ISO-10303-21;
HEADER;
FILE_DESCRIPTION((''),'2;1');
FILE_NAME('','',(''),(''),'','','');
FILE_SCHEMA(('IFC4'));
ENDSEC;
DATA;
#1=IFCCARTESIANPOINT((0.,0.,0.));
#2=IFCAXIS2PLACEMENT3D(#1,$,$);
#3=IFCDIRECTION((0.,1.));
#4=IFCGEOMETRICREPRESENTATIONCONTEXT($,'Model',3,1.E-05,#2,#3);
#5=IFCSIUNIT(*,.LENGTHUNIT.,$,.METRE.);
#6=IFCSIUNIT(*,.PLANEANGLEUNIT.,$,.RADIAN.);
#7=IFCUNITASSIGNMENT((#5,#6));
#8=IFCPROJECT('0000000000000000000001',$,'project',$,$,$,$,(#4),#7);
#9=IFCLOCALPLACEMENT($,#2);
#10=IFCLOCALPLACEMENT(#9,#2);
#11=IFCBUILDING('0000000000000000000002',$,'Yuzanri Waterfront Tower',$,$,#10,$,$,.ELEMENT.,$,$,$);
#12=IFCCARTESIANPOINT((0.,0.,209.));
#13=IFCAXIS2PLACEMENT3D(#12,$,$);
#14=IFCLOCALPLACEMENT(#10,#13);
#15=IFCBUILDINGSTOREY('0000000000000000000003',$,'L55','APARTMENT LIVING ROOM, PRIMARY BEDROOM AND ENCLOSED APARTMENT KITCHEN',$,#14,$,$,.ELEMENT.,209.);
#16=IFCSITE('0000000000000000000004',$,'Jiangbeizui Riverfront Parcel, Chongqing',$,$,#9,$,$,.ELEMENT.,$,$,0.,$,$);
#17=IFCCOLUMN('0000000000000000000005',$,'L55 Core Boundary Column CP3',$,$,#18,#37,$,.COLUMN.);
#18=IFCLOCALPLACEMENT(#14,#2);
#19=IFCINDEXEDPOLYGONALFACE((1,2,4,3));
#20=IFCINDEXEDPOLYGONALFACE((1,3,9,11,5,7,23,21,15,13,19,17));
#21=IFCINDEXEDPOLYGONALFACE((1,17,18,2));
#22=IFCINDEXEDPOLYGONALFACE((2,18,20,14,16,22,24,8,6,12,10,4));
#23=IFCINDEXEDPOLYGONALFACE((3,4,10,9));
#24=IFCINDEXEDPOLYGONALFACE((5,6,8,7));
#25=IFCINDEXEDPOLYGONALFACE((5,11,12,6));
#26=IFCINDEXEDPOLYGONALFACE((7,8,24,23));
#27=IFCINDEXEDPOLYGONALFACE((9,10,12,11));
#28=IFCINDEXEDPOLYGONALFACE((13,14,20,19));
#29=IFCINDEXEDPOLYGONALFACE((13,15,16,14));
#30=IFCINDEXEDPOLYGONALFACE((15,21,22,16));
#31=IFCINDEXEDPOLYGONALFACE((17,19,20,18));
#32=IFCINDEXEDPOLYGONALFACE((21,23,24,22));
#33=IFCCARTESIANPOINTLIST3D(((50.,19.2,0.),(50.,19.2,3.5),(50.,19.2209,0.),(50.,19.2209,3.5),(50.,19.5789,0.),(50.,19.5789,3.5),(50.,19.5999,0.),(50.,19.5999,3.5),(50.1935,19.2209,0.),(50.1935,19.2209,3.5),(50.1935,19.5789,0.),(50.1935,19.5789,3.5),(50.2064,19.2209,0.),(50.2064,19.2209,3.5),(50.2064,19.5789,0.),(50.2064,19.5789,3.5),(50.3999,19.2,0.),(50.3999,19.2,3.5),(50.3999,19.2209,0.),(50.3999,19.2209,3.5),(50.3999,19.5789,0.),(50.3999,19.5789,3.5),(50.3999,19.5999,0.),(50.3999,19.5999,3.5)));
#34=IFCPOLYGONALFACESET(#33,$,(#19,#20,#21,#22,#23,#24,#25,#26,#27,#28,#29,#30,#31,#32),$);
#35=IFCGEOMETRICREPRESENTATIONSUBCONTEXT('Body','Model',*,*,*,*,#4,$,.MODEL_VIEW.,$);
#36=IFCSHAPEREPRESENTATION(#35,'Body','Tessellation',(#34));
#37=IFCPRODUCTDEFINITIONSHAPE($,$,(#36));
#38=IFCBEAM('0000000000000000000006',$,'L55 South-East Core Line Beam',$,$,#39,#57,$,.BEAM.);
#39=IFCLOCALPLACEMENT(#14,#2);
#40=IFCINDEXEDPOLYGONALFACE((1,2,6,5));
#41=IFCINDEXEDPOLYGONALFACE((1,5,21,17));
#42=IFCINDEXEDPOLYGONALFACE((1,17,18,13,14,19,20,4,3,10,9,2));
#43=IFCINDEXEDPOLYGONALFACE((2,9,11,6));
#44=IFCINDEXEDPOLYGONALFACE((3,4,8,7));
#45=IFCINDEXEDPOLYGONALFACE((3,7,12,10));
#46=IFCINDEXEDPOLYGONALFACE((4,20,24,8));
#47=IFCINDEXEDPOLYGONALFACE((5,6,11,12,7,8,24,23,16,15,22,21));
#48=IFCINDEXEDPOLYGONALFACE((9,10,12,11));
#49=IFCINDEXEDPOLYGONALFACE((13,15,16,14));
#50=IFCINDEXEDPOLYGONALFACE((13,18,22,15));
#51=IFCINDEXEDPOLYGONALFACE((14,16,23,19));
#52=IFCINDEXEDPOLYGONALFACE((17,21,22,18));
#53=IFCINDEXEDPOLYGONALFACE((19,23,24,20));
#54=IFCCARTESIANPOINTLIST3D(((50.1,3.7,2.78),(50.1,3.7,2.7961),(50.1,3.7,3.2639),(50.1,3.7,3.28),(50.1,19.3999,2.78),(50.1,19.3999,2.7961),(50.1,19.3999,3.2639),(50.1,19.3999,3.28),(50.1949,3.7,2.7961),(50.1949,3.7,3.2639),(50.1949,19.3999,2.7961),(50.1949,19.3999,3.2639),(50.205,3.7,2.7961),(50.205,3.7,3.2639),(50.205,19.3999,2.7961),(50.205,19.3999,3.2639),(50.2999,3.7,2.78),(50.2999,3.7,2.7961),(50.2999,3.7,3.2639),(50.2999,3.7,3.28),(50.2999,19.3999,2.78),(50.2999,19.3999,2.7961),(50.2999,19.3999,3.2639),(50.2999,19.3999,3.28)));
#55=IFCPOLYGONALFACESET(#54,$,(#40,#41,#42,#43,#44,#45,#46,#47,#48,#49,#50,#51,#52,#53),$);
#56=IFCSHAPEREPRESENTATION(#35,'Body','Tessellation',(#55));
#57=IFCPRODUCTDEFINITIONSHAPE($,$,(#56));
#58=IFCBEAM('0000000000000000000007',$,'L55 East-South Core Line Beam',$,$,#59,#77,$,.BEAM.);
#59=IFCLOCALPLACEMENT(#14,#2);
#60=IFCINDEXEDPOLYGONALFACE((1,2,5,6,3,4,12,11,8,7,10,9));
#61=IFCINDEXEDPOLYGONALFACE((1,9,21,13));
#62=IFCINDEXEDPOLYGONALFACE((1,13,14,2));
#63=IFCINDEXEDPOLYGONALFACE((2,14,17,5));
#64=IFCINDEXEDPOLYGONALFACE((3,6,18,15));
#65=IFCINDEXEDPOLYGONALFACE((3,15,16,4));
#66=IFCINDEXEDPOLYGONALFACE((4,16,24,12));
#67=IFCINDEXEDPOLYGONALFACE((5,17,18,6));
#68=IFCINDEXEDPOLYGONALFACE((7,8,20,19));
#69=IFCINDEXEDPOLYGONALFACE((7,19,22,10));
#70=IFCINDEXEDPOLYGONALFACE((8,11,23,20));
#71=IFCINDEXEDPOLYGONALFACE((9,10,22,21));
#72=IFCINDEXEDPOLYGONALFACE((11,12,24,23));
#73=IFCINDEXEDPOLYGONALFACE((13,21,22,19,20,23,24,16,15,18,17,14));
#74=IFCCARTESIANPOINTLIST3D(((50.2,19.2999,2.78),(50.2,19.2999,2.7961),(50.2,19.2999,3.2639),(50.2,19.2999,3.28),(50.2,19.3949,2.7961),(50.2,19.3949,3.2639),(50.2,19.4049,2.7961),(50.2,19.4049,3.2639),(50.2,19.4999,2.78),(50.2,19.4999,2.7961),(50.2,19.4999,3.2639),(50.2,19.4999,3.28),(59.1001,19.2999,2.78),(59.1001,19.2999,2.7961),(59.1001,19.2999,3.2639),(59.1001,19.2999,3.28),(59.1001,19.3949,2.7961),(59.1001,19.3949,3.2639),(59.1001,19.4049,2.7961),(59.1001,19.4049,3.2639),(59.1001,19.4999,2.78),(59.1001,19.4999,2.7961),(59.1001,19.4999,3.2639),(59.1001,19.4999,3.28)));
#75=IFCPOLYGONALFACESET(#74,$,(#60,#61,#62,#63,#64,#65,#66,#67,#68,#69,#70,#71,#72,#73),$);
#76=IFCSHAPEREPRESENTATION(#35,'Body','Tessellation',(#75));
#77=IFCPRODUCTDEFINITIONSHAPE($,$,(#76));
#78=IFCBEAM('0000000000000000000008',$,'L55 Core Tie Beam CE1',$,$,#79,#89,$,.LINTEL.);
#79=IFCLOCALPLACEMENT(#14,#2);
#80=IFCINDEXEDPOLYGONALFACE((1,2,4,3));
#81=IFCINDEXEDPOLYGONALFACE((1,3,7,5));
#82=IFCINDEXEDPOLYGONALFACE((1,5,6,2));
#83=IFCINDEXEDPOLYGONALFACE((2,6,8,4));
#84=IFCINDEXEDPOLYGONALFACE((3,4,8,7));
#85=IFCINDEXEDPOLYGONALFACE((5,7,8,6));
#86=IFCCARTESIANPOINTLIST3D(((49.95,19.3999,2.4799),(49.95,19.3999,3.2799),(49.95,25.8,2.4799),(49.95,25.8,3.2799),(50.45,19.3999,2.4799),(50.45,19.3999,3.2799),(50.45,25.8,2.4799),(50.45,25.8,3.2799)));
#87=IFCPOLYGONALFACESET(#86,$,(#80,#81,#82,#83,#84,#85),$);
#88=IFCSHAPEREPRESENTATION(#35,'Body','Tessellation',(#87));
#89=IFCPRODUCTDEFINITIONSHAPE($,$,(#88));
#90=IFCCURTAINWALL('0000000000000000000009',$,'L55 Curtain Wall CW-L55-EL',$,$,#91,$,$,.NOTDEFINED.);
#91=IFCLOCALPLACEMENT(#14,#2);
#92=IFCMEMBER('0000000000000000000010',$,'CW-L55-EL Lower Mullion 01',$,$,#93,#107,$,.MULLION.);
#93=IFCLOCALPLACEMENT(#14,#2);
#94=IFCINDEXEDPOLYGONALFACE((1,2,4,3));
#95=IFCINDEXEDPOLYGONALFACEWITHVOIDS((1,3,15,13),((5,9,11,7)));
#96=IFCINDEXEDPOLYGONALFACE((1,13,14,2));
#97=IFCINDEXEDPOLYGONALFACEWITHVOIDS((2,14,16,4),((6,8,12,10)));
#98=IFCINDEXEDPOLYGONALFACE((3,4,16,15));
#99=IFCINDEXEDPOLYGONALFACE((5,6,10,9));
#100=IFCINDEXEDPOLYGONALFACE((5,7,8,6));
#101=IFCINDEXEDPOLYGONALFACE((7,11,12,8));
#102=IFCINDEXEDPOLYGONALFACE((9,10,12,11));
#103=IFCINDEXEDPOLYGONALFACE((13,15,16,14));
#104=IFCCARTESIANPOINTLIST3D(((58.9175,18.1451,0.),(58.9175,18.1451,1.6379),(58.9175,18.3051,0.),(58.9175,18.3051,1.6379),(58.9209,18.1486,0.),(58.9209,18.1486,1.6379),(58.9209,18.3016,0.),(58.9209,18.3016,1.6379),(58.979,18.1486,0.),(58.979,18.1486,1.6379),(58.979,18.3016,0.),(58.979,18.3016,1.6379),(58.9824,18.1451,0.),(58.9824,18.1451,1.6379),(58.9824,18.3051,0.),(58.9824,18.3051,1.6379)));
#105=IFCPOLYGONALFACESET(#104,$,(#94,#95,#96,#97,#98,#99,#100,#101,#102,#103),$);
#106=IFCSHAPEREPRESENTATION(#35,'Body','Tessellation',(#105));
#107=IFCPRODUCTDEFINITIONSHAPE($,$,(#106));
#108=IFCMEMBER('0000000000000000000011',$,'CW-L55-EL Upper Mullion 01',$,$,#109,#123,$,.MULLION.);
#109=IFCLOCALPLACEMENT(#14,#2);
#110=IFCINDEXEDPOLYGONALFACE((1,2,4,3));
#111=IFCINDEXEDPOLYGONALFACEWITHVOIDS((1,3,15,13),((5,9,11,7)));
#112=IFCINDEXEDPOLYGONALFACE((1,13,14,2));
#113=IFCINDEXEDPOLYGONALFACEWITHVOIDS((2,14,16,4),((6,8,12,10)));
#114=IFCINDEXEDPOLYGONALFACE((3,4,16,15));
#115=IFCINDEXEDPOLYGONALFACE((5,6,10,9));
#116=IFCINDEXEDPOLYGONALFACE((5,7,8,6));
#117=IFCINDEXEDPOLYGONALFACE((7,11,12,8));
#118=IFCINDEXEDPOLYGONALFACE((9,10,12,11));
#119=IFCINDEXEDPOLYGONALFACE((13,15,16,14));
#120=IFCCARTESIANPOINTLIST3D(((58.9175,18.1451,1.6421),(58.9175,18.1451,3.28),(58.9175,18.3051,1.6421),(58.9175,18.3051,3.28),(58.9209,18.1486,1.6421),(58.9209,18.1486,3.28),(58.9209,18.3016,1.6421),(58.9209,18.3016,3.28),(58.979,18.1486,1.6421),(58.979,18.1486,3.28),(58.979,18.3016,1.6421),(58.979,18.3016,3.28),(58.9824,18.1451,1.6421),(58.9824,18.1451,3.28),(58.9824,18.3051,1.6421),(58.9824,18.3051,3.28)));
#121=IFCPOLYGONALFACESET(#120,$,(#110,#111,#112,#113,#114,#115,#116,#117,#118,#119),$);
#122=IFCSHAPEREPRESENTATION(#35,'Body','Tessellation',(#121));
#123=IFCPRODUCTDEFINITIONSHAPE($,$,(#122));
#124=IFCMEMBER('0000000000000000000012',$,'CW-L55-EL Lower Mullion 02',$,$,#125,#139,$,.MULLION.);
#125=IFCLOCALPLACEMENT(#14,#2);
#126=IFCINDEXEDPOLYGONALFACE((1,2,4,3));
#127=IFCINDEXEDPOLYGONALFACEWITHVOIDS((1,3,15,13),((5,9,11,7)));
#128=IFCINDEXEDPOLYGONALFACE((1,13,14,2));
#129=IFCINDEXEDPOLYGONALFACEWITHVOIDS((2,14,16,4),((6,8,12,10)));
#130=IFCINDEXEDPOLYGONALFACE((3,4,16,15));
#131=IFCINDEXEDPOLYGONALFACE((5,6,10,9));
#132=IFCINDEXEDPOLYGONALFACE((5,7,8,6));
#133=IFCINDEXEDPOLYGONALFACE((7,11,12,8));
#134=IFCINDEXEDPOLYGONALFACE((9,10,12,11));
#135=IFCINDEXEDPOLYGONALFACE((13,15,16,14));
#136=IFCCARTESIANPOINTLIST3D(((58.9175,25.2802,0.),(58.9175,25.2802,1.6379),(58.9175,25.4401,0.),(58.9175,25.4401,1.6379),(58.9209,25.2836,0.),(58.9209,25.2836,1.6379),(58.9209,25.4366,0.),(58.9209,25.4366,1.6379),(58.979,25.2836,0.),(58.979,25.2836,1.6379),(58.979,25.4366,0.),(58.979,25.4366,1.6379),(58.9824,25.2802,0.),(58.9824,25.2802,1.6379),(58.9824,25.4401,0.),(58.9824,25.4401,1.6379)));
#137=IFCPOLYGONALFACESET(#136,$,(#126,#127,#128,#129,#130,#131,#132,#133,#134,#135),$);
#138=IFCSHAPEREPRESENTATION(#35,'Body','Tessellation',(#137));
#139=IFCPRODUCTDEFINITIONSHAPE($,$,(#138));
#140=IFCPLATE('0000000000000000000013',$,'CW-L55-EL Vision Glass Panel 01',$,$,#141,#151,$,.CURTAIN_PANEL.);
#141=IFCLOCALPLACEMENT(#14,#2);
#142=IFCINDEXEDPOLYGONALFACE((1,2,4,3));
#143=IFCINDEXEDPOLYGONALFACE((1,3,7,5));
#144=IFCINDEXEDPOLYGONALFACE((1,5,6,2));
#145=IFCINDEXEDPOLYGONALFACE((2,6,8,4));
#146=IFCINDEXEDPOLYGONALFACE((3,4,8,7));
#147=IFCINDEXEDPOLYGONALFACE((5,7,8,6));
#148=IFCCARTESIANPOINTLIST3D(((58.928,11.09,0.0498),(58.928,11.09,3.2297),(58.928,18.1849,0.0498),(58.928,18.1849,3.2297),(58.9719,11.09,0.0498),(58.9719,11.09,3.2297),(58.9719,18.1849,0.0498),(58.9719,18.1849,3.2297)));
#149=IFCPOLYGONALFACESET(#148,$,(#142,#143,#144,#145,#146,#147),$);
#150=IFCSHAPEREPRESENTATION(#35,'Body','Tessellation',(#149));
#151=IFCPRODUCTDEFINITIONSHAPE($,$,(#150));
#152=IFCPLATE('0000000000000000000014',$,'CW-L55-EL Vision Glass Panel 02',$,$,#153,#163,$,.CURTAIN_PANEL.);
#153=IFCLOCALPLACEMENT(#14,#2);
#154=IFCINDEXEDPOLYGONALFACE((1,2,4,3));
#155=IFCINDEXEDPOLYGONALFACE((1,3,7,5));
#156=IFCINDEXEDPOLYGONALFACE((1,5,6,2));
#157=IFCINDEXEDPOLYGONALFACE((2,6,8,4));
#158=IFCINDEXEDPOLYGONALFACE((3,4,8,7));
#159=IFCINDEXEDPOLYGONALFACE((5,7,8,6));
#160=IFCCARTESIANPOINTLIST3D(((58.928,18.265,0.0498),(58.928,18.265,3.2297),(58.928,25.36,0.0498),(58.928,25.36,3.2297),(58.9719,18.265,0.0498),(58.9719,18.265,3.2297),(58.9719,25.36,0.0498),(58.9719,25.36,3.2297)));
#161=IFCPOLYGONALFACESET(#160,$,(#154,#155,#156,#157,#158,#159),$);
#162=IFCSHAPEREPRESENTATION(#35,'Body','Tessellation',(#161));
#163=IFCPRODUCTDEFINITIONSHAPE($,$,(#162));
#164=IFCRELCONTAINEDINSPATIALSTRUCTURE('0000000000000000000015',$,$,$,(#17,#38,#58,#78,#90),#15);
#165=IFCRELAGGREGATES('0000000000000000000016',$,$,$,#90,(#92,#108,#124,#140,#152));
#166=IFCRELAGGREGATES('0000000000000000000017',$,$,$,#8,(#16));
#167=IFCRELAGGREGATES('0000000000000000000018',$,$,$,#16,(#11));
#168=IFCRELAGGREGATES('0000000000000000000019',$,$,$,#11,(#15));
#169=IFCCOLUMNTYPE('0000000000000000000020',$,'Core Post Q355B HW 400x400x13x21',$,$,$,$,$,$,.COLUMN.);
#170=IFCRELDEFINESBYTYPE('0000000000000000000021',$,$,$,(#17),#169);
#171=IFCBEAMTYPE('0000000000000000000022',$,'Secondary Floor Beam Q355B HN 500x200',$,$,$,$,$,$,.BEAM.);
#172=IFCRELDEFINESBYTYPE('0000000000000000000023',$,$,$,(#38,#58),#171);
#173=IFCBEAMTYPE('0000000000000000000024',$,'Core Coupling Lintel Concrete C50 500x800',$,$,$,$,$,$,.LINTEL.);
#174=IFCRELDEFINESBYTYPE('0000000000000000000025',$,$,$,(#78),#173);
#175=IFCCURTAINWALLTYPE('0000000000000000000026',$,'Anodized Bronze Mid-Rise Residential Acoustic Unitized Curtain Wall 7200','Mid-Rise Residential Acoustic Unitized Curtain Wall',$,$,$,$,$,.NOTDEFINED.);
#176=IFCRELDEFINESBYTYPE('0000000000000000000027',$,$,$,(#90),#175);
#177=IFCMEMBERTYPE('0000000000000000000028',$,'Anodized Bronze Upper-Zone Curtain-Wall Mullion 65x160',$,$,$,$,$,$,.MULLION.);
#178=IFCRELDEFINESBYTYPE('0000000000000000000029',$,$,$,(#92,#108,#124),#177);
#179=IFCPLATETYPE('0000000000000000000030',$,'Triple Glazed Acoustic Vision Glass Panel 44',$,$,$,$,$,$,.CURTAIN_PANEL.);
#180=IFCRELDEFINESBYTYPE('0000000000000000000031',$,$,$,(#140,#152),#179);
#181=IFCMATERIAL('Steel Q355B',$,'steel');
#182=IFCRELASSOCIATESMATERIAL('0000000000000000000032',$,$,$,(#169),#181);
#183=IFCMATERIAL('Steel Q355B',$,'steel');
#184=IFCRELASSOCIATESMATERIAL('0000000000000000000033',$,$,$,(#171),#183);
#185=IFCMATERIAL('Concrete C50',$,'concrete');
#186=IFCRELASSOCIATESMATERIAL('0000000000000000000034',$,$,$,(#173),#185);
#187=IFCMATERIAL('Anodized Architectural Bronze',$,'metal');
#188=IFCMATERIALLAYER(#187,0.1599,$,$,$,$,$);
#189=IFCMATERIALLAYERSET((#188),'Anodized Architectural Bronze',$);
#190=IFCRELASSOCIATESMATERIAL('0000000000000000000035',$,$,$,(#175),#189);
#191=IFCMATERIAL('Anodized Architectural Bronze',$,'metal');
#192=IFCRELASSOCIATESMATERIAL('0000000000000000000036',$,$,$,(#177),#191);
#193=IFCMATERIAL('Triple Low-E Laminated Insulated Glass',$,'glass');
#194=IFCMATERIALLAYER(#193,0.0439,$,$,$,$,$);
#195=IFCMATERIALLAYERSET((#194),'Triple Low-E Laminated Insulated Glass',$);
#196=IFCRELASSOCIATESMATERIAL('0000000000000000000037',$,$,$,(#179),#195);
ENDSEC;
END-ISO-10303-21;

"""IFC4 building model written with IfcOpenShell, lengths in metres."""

from ifc_helpers import new_model, si_unit, direction, frame, origin, origin_2d, place, context, subcontext, project, spatial, rectangle, hollow_rectangle, i_section, extrude, source, transform, mapped, material, layer, layer_set, material_profile, profile_set, type_object, element, aggregate, save


model = new_model("IFC4")

# Units and contexts
model_context = context("Model", 3, precision=1e-05, world=origin(), true_north=direction((0.0, 1.0)))
body_context = subcontext(model_context, "Body", "Model", "MODEL_VIEW")
ifc_project = project(units=[si_unit("LENGTHUNIT", "METRE"), si_unit("PLANEANGLEUNIT", "RADIAN")], contexts=[model_context])

# Site, building, storey
site_placement = place(None, origin())
site = spatial("IfcSite", under=ifc_project, at=site_placement, Name="Jiangbeizui Riverfront Parcel, Chongqing", CompositionType="ELEMENT", RefElevation=0.0)
building_placement = place(site_placement, origin())
building = spatial("IfcBuilding", under=site, at=building_placement, Name="Yuzanri Waterfront Tower", CompositionType="ELEMENT")
storey_placement = place(building_placement, frame((0.0, 0.0, 209.0)))
storey = spatial("IfcBuildingStorey", under=building, at=storey_placement, Name="L55", Description="APARTMENT LIVING ROOM, PRIMARY BEDROOM AND ENCLOSED APARTMENT KITCHEN", CompositionType="ELEMENT", Elevation=209.0)

# Column
ifc_material_1 = material(Name="Steel Q355B", Category="steel")
ifc_material_profile_1 = material_profile(ifc_material_1, i_section(OverallWidth=0.3999, OverallDepth=0.3999, WebThickness=0.0129, FlangeThickness=0.021, at=origin_2d()), Name="HW 400x400x13x21")
ifc_profile_set_1 = profile_set([ifc_material_profile_1], Name="Steel Q355B")
column_type = type_object("IfcColumnType", Name="Core Post Q355B HW 400x400x13x21", PredefinedType="COLUMN", material=ifc_profile_set_1)
shared_shape_1 = source(origin(), body_context, "Body", "SweptSolid", [
    extrude(i_section(OverallWidth=0.3999, OverallDepth=0.3999, WebThickness=0.0129, FlangeThickness=0.021, at=origin_2d()), origin(), (0.0, 0.0, 1.0), 3.5),
])
column_placement = place(storey_placement, frame((50.2, 19.3999, 0.0), z_axis=(0.0, 0.0, 1.0), x_axis=(1.0, 0.0, 0.0)))
element("IfcColumn", 1, at=column_placement, inside=storey, type_object=column_type, Name="L55 Core Boundary Column CP3", PredefinedType="COLUMN", context=body_context, shape_type="MappedRepresentation", body=[
    mapped(shared_shape_1, transform((0.0, 0.0, 0.0), scale=1.0)),
])

# Beams
ifc_material_2 = material(Name="Steel Q355B", Category="steel")
ifc_material_profile_2 = material_profile(ifc_material_2, i_section(OverallWidth=0.2, OverallDepth=0.5, WebThickness=0.01, FlangeThickness=0.0161, at=origin_2d()), Name="HN 500x200x10x16")
ifc_profile_set_2 = profile_set([ifc_material_profile_2], Name="Steel Q355B")
beam_type_1 = type_object("IfcBeamType", Name="Secondary Floor Beam Q355B HN 500x200", PredefinedType="BEAM", material=ifc_profile_set_2)
shared_shape_2 = source(origin(), body_context, "Body", "SweptSolid", [
    extrude(i_section(OverallWidth=0.2, OverallDepth=0.5, WebThickness=0.01, FlangeThickness=0.0161, at=origin_2d()), origin(), (0.0, 0.0, 1.0), 15.7),
])
beam_1_placement = place(storey_placement, frame((50.2, 19.3999, 3.03), z_axis=(0.0, -1.0, 0.0), x_axis=(1.0, 0.0, 0.0)))
element("IfcBeam", 2, at=beam_1_placement, inside=storey, type_object=beam_type_1, Name="L55 South-East Core Line Beam", PredefinedType="BEAM", context=body_context, shape_type="MappedRepresentation", body=[
    mapped(shared_shape_2, transform((0.0, 0.0, 0.0), scale=1.0)),
])
shared_shape_3 = source(origin(), body_context, "Body", "SweptSolid", [
    extrude(i_section(OverallWidth=0.2, OverallDepth=0.5, WebThickness=0.01, FlangeThickness=0.0161, at=origin_2d()), origin(), (0.0, 0.0, 1.0), 8.9001),
])
beam_2_placement = place(storey_placement, frame((50.2, 19.3999, 3.03), z_axis=(1.0, 0.0, 0.0), x_axis=(0.0, 1.0, 0.0)))
element("IfcBeam", 3, at=beam_2_placement, inside=storey, type_object=beam_type_1, Name="L55 East-South Core Line Beam", PredefinedType="BEAM", context=body_context, shape_type="MappedRepresentation", body=[
    mapped(shared_shape_3, transform((0.0, 0.0, 0.0), scale=1.0)),
])
ifc_material_3 = material(Name="Concrete C50", Category="concrete")
ifc_material_profile_3 = material_profile(ifc_material_3, rectangle(XDim=0.5, YDim=0.8, at=origin_2d()), Name="RC 500x800")
ifc_profile_set_3 = profile_set([ifc_material_profile_3], Name="Concrete C50")
beam_type_2 = type_object("IfcBeamType", Name="Core Coupling Lintel Concrete C50 500x800", PredefinedType="LINTEL", material=ifc_profile_set_3)
shared_shape_4 = source(origin(), body_context, "Body", "SweptSolid", [
    extrude(rectangle(XDim=0.5, YDim=0.8, at=origin_2d()), origin(), (0.0, 0.0, 1.0), 6.4001),
])
beam_3_placement = place(storey_placement, frame((50.2, 19.3999, 2.8799), z_axis=(0.0, 1.0, 0.0), x_axis=(-1.0, 0.0, 0.0)))
element("IfcBeam", 4, at=beam_3_placement, inside=storey, type_object=beam_type_2, Name="L55 Core Tie Beam CE1", PredefinedType="LINTEL", context=body_context, shape_type="MappedRepresentation", body=[
    mapped(shared_shape_4, transform((0.0, 0.0, 0.0), scale=1.0)),
])

# Curtain wall, members, plates
ifc_material_4 = material(Name="Anodized Architectural Bronze", Category="metal")
ifc_layer_1 = layer(ifc_material_4, 0.1599)
ifc_layer_set_1 = layer_set([ifc_layer_1], Name="Anodized Architectural Bronze")
curtain_wall_type = type_object("IfcCurtainWallType", Name="Anodized Bronze Mid-Rise Residential Acoustic Unitized Curtain Wall 7200", Description="Mid-Rise Residential Acoustic Unitized Curtain Wall", PredefinedType="NOTDEFINED", material=ifc_layer_set_1)
curtain_wall_placement = place(storey_placement, origin())
curtain_wall = element("IfcCurtainWall", 5, at=curtain_wall_placement, inside=storey, type_object=curtain_wall_type, Name="L55 Curtain Wall CW-L55-EL", PredefinedType="NOTDEFINED")
ifc_material_5 = material(Name="Anodized Architectural Bronze", Category="metal")
ifc_material_profile_4 = material_profile(ifc_material_5, hollow_rectangle(XDim=0.0649, YDim=0.1599, WallThickness=0.0034, at=origin_2d()), Name="CWM 65x160")
ifc_profile_set_4 = profile_set([ifc_material_profile_4], Name="Anodized Architectural Bronze")
member_type = type_object("IfcMemberType", Name="Anodized Bronze Upper-Zone Curtain-Wall Mullion 65x160", PredefinedType="MULLION", material=ifc_profile_set_4)
shared_shape_5 = source(origin(), body_context, "Body", "SweptSolid", [
    extrude(hollow_rectangle(XDim=0.0649, YDim=0.1599, WallThickness=0.0034, at=origin_2d()), origin(), (0.0, 0.0, 1.0), 1.6379),
])
member_1_placement = place(storey_placement, frame((58.95, 18.2251, 0.0), z_axis=(0.0, 0.0, 1.0), x_axis=(1.0, 0.0, 0.0)))
member_1 = element("IfcMember", 6, at=member_1_placement, type_object=member_type, Name="CW-L55-EL Lower Mullion 01", PredefinedType="MULLION", context=body_context, shape_type="MappedRepresentation", body=[
    mapped(shared_shape_5, transform((0.0, 0.0, 0.0), scale=1.0)),
])
member_2_placement = place(storey_placement, frame((58.95, 18.2251, 1.6421), z_axis=(0.0, 0.0, 1.0), x_axis=(1.0, 0.0, 0.0)))
member_2 = element("IfcMember", 7, at=member_2_placement, type_object=member_type, Name="CW-L55-EL Upper Mullion 01", PredefinedType="MULLION", context=body_context, shape_type="MappedRepresentation", body=[
    mapped(shared_shape_5, transform((0.0, 0.0, 0.0), scale=1.0)),
])
member_3_placement = place(storey_placement, frame((58.95, 25.3601, 0.0), z_axis=(0.0, 0.0, 1.0), x_axis=(1.0, 0.0, 0.0)))
member_3 = element("IfcMember", 8, at=member_3_placement, type_object=member_type, Name="CW-L55-EL Lower Mullion 02", PredefinedType="MULLION", context=body_context, shape_type="MappedRepresentation", body=[
    mapped(shared_shape_5, transform((0.0, 0.0, 0.0), scale=1.0)),
])
ifc_material_6 = material(Name="Triple Low-E Laminated Insulated Glass", Category="glass")
ifc_layer_2 = layer(ifc_material_6, 0.0439)
ifc_layer_set_2 = layer_set([ifc_layer_2], Name="Triple Low-E Laminated Insulated Glass")
plate_type = type_object("IfcPlateType", Name="Triple Glazed Acoustic Vision Glass Panel 44", PredefinedType="CURTAIN_PANEL", material=ifc_layer_set_2)
shared_shape_6 = source(origin(), body_context, "Body", "SweptSolid", [
    extrude(rectangle(XDim=7.095, YDim=0.0439, at=origin_2d()), origin(), (0.0, 0.0, 1.0), 3.1799),
])
plate_1_placement = place(storey_placement, frame((58.95, 14.6375, 0.0498), z_axis=(0.0, 0.0, 1.0), x_axis=(0.0, 1.0, 0.0)))
plate_1 = element("IfcPlate", 9, at=plate_1_placement, type_object=plate_type, Name="CW-L55-EL Vision Glass Panel 01", PredefinedType="CURTAIN_PANEL", context=body_context, shape_type="MappedRepresentation", body=[
    mapped(shared_shape_6, transform((0.0, 0.0, 0.0), scale=1.0)),
])
plate_2_placement = place(storey_placement, frame((58.95, 21.8125, 0.0498), z_axis=(0.0, 0.0, 1.0), x_axis=(0.0, 1.0, 0.0)))
plate_2 = element("IfcPlate", 10, at=plate_2_placement, type_object=plate_type, Name="CW-L55-EL Vision Glass Panel 02", PredefinedType="CURTAIN_PANEL", context=body_context, shape_type="MappedRepresentation", body=[
    mapped(shared_shape_6, transform((0.0, 0.0, 0.0), scale=1.0)),
])
aggregate(curtain_wall, [member_1, member_2, member_3, plate_1, plate_2])

save(model, "model.ifc")
